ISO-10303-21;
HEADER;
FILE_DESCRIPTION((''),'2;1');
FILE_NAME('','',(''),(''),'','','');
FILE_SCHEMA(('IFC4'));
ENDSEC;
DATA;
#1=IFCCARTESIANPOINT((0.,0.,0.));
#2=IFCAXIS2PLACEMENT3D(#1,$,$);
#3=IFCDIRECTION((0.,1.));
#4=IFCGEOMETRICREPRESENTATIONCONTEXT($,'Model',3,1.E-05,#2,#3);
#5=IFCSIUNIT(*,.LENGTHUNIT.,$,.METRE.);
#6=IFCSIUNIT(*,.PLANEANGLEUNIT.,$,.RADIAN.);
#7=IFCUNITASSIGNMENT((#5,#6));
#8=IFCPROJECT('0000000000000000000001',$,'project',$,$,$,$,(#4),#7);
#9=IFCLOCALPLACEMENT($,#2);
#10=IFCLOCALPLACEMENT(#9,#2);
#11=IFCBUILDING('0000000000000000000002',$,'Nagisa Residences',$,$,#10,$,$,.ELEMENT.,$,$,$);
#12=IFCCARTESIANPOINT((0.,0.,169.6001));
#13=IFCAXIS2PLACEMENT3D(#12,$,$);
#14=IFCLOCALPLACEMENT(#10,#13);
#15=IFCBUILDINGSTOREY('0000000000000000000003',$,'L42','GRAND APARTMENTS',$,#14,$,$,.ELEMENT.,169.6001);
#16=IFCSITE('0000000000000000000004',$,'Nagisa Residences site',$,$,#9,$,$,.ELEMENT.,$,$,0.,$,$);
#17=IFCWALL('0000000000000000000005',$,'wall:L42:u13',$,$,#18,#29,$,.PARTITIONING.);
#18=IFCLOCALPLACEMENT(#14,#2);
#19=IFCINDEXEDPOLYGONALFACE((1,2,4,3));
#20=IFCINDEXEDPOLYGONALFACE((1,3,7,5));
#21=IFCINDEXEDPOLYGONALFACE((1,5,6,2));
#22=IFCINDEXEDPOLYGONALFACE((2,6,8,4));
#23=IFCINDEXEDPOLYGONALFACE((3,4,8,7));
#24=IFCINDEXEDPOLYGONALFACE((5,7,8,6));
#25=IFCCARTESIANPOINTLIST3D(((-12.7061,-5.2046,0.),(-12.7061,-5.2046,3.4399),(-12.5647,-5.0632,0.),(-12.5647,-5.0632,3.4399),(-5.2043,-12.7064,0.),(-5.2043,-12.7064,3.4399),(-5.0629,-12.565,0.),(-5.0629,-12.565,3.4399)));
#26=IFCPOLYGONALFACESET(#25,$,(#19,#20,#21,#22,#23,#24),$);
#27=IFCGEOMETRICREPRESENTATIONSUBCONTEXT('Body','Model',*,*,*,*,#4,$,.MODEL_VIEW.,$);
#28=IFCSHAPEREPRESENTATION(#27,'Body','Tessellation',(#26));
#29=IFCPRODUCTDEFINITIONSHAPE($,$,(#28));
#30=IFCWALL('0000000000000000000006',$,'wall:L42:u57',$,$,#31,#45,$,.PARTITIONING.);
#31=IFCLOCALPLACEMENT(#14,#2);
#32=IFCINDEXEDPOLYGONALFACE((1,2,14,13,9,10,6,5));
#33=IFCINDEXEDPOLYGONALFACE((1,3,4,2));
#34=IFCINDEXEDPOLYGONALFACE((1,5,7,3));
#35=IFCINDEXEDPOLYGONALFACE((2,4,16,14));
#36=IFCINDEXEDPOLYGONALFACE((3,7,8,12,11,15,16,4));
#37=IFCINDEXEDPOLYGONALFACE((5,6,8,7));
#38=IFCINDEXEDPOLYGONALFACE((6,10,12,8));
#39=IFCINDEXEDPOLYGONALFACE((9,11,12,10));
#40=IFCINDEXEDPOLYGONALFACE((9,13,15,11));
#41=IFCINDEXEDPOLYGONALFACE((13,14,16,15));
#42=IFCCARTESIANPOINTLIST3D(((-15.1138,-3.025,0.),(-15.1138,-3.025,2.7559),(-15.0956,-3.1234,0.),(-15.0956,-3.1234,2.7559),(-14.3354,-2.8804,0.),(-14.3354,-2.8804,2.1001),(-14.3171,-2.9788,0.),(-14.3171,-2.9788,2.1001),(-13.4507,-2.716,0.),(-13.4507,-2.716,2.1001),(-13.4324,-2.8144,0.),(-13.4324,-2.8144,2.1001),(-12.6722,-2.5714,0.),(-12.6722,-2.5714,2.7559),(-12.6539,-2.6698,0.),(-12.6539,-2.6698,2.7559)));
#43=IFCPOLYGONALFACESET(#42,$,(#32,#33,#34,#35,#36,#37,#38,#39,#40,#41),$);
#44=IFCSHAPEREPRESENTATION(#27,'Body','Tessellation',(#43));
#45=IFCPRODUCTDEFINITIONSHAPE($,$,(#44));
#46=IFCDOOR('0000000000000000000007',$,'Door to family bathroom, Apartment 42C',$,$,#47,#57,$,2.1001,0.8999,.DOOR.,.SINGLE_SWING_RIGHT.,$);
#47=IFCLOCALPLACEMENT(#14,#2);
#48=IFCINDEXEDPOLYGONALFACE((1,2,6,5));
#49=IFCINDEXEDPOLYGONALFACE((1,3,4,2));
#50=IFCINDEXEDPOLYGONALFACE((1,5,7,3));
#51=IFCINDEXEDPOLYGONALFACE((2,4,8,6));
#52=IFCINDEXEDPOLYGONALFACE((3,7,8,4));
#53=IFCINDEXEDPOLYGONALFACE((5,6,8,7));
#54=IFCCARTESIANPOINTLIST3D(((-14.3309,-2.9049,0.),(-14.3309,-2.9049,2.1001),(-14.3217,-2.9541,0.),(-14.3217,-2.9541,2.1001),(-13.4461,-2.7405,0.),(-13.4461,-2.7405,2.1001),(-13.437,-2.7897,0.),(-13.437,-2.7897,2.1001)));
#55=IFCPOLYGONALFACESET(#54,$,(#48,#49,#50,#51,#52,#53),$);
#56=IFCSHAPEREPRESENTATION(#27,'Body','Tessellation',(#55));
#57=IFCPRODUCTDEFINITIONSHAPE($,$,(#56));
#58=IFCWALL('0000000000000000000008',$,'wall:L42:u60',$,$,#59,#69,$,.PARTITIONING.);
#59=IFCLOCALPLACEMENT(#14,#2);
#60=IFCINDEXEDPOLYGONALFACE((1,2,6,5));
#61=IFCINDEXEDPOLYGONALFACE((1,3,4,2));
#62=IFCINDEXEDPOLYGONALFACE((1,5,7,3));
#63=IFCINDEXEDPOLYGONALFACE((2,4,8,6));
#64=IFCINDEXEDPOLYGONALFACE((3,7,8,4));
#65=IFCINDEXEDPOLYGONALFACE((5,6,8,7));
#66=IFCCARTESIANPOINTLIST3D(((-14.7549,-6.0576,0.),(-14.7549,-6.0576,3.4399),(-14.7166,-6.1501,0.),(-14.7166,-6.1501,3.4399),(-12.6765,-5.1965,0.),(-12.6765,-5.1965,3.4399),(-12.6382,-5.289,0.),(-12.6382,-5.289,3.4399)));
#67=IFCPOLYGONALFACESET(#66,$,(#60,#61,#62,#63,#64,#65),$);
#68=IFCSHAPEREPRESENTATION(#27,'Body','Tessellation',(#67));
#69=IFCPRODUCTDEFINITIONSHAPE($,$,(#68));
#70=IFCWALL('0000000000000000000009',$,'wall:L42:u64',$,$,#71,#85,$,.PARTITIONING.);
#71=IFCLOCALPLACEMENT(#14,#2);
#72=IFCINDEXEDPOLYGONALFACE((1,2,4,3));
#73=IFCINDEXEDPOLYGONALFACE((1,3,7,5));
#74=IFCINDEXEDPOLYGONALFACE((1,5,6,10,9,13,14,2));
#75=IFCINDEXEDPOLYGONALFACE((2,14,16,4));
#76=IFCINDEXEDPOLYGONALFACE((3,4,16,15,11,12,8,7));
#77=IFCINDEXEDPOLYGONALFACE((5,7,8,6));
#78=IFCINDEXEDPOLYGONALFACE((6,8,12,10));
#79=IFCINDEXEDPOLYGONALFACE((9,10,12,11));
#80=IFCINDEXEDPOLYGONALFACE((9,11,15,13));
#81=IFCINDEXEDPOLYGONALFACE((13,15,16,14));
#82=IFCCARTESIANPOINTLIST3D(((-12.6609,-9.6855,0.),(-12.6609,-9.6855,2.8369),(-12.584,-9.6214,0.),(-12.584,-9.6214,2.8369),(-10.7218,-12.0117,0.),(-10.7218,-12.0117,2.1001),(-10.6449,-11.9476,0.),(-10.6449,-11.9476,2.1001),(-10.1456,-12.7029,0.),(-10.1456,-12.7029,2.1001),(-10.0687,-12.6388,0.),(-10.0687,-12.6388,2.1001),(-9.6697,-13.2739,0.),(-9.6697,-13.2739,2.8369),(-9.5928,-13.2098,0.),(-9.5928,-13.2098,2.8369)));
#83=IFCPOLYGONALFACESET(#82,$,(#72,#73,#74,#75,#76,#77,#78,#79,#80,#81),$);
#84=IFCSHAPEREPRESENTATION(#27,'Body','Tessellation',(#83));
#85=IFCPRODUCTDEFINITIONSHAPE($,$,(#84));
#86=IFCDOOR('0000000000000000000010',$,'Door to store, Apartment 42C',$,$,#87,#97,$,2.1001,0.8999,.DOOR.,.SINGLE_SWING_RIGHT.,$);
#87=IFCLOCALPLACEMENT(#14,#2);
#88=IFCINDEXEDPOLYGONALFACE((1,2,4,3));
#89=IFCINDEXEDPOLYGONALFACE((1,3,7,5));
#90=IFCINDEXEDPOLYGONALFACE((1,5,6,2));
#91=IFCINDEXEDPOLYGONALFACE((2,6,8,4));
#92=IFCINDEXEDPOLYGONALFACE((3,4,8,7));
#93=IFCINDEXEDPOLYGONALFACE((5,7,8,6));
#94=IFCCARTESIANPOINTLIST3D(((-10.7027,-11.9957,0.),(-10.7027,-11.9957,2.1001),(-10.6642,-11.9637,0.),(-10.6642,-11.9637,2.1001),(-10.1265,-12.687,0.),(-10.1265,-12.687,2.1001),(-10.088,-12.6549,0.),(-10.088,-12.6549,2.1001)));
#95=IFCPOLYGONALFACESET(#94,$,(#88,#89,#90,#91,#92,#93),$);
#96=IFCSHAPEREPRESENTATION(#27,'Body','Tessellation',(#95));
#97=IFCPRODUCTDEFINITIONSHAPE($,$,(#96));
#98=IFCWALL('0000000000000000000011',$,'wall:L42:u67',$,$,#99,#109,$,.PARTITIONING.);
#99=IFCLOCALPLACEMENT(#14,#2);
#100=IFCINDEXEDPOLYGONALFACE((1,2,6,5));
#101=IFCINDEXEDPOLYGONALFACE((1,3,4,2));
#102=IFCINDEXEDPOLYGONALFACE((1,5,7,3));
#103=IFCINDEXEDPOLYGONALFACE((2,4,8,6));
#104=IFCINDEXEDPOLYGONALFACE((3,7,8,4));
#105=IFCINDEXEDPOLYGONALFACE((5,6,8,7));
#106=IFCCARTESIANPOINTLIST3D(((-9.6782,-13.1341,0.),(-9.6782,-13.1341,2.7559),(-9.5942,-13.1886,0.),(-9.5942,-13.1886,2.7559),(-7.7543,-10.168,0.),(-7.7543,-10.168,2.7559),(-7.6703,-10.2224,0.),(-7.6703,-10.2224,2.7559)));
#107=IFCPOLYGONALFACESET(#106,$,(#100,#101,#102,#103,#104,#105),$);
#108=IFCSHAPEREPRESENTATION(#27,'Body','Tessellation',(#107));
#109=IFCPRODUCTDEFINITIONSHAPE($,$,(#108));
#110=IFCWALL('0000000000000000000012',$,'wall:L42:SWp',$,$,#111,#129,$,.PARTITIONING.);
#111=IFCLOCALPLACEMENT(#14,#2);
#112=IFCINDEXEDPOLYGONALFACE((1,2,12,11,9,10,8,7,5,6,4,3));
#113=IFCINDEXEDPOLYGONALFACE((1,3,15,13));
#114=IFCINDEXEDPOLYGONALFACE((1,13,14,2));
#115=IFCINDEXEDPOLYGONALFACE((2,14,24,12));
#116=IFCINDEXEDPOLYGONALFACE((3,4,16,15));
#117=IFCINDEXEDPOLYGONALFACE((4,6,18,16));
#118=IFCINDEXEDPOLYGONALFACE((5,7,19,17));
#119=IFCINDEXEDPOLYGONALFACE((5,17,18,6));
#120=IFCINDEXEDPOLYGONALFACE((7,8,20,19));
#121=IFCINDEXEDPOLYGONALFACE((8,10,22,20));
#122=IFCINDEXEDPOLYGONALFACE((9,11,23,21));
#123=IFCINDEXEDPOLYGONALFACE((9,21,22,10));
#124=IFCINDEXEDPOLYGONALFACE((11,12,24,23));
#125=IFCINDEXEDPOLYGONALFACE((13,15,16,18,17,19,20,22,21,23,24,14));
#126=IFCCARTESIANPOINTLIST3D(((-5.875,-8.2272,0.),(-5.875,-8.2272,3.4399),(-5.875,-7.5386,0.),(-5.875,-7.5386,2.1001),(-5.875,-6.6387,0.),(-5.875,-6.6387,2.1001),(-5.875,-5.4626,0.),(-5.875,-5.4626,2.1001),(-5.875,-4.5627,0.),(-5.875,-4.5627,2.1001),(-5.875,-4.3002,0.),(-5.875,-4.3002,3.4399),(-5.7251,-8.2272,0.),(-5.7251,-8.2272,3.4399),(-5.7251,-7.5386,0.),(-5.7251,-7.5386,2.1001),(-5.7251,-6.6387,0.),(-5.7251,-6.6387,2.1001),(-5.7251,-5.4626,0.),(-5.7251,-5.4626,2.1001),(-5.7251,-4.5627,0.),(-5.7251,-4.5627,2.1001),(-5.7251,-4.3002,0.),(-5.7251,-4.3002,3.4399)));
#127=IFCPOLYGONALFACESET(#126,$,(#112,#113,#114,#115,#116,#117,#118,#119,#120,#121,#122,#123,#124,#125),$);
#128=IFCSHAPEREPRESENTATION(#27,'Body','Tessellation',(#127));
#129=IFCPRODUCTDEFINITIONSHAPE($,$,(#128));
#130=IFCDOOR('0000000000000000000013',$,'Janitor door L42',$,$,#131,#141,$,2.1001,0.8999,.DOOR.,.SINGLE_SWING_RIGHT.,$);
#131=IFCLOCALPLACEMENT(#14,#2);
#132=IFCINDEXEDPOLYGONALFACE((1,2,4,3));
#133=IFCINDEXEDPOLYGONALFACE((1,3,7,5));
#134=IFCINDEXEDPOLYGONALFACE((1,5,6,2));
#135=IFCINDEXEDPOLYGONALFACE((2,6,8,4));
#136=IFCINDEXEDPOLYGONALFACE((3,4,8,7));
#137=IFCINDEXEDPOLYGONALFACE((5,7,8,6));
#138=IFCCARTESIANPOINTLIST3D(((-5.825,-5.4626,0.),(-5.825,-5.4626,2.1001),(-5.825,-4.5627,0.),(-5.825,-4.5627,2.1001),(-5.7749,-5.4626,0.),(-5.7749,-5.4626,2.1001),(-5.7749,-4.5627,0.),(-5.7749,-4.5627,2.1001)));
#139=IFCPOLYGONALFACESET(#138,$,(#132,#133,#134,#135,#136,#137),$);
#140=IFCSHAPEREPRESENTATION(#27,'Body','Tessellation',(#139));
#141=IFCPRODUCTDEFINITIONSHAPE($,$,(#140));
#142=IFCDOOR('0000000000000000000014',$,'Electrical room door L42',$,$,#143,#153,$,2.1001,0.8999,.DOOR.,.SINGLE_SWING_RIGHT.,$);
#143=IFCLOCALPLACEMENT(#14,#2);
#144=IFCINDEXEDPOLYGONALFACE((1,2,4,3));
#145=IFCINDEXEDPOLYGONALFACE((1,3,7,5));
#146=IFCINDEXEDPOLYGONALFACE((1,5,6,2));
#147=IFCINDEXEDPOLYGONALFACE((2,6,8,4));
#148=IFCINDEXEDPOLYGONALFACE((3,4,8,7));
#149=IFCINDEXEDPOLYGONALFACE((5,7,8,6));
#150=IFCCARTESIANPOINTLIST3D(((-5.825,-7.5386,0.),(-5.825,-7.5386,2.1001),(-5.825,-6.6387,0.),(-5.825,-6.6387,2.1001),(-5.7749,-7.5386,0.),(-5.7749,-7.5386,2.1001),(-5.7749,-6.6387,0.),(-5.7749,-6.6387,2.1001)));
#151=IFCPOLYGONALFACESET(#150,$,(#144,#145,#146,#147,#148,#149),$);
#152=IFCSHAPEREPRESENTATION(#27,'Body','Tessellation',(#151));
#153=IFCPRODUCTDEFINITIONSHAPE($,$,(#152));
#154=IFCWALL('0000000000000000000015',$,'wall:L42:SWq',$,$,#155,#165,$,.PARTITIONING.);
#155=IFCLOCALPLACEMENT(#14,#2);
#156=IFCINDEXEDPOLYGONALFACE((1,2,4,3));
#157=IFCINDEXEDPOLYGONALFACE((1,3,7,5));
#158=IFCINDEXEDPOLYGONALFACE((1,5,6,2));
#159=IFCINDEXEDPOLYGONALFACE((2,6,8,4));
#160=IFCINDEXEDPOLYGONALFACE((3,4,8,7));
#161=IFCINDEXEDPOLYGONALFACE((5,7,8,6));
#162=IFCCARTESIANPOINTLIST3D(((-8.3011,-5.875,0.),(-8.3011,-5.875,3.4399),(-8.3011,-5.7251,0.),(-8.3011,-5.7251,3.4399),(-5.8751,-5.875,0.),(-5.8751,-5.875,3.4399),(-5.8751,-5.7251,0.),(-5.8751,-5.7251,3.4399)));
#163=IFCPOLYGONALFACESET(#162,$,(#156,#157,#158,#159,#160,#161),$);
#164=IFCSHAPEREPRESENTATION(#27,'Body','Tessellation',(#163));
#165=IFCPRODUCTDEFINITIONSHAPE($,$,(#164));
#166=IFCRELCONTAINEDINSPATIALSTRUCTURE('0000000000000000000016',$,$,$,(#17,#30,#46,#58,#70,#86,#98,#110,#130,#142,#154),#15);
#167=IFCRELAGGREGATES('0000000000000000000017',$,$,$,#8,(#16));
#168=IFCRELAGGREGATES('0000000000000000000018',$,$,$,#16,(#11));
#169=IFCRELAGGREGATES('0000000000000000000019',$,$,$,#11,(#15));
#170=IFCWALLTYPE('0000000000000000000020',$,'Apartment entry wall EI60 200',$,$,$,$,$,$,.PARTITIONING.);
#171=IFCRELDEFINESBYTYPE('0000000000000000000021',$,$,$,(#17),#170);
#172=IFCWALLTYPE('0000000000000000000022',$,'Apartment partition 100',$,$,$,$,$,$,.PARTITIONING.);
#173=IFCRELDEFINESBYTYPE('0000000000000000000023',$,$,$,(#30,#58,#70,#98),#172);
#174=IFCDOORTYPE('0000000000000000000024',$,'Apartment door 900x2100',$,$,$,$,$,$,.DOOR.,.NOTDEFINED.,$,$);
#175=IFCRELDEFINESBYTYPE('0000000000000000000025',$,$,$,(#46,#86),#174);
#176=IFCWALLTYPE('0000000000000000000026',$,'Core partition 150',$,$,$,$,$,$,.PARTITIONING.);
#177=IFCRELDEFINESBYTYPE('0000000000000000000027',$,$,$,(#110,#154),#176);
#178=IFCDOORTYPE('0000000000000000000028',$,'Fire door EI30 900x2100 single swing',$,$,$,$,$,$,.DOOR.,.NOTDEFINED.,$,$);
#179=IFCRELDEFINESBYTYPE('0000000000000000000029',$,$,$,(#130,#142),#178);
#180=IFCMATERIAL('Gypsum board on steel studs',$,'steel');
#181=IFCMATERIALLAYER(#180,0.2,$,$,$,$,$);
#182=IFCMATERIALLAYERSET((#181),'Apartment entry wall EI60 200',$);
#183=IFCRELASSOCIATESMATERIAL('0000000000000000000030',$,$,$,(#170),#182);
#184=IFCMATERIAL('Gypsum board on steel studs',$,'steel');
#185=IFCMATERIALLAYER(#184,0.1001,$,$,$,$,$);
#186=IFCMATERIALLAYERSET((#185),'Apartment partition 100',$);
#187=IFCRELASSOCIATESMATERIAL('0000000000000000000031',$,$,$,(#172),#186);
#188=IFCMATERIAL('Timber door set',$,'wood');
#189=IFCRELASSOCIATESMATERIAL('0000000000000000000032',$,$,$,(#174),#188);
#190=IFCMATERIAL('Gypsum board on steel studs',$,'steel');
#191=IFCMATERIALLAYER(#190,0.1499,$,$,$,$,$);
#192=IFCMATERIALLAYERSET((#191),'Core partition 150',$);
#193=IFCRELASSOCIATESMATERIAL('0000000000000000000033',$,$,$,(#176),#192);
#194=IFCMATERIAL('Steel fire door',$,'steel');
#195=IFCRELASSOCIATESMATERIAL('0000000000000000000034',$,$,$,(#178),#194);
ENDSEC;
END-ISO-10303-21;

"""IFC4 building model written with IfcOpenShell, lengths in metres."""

from ifc_helpers import new_model, si_unit, direction, frame, frame_2d, origin, place, context, subcontext, project, spatial, rectangle, extrude, material, layer, layer_set, type_object, element, fill, save


model = new_model("IFC4")

# Units and contexts
model_context = context("Model", 3, precision=1e-05, world=origin(), true_north=direction((0.0, 1.0)))
body_context = subcontext(model_context, "Body", "Model", "MODEL_VIEW")
ifc_project = project(units=[si_unit("LENGTHUNIT", "METRE"), si_unit("PLANEANGLEUNIT", "RADIAN")], contexts=[model_context])

# Site, building, storey
site_placement = place(None, origin())
site = spatial("IfcSite", under=ifc_project, at=site_placement, Name="Nagisa Residences site", CompositionType="ELEMENT", RefElevation=0.0)
building_placement = place(site_placement, origin())
building = spatial("IfcBuilding", under=site, at=building_placement, Name="Nagisa Residences", CompositionType="ELEMENT")
storey_placement = place(building_placement, frame((0.0, 0.0, 169.6001)))
storey = spatial("IfcBuildingStorey", under=building, at=storey_placement, Name="L42", Description="GRAND APARTMENTS", CompositionType="ELEMENT", Elevation=169.6001)

# Wall
ifc_material_1 = material(Name="Gypsum board on steel studs", Category="steel")
ifc_layer_1 = layer(ifc_material_1, 0.2)
ifc_layer_set_1 = layer_set([ifc_layer_1], Name="Apartment entry wall EI60 200")
wall_type_1 = type_object("IfcWallType", Name="Apartment entry wall EI60 200", PredefinedType="PARTITIONING", material=ifc_layer_set_1)
wall_1_placement = place(storey_placement, frame((-12.6355, -5.1338, 0.0), z_axis=(0.0, 0.0, 1.0), x_axis=(0.707107, -0.707107, 0.0)))
element("IfcWall", 1, at=wall_1_placement, inside=storey, type_object=wall_type_1, Name="wall:L42:u13", PredefinedType="PARTITIONING", context=body_context, shape_type="SweptSolid", body=[
    extrude(rectangle(XDim=10.6091, YDim=0.2, at=frame_2d((5.3047, 0.0))), origin(), (0.0, 0.0, 1.0), 3.4399),
])

# Wall, opening, door
ifc_material_2 = material(Name="Gypsum board on steel studs", Category="steel")
ifc_layer_2 = layer(ifc_material_2, 0.1001)
ifc_layer_set_2 = layer_set([ifc_layer_2], Name="Apartment partition 100")
wall_type_2 = type_object("IfcWallType", Name="Apartment partition 100", PredefinedType="PARTITIONING", material=ifc_layer_set_2)
wall_2_placement = place(storey_placement, frame((-12.6631, -2.6206, 0.0), z_axis=(0.0, 0.0, 1.0), x_axis=(-0.983177, -0.182656, 0.0)))
wall_2 = element("IfcWall", 2, at=wall_2_placement, inside=storey, type_object=wall_type_2, Name="wall:L42:u57", PredefinedType="PARTITIONING", context=body_context, shape_type="SweptSolid", body=[
    extrude(rectangle(XDim=2.4834, YDim=0.1001, at=frame_2d((1.2417, 0.0))), origin(), (0.0, 0.0, 1.0), 2.7559),
])
opening_1_placement = place(wall_2_placement, frame((0.7917, 0.0, 0.0)))
opening_1 = element("IfcOpeningElement", 3, at=opening_1_placement, cuts=wall_2, PredefinedType="OPENING", context=body_context, shape_type="SweptSolid", body=[
    extrude(rectangle(XDim=0.8999, YDim=2.1001, at=frame_2d((0.45, 1.05))), frame((0.0, 0.0601, 0.0), z_axis=(0.0, -1.0, 0.0), x_axis=(1.0, 0.0, 0.0)), (0.0, 0.0, 1.0), 0.1201),
])
ifc_material_3 = material(Name="Timber door set", Category="wood")
door_type_1 = type_object("IfcDoorType", Name="Apartment door 900x2100", OperationType="NOTDEFINED", PredefinedType="DOOR", material=ifc_material_3)
door_1_placement = place(opening_1_placement, origin())
door_1 = element("IfcDoor", 4, at=door_1_placement, inside=storey, type_object=door_type_1, Name="Door to family bathroom, Apartment 42C", OperationType="SINGLE_SWING_RIGHT", OverallHeight=2.1001, OverallWidth=0.8999, PredefinedType="DOOR", context=body_context, shape_type="SweptSolid", body=[
    extrude(rectangle(XDim=0.8999, YDim=2.1001, at=frame_2d((0.45, 1.05))), frame((0.0, 0.0249, 0.0), z_axis=(0.0, -1.0, 0.0), x_axis=(1.0, 0.0, 0.0)), (0.0, 0.0, 1.0), 0.05),
])
fill(opening_1, door_1)

# Wall
wall_3_placement = place(storey_placement, frame((-12.6572, -5.2427, 0.0), z_axis=(0.0, 0.0, 1.0), x_axis=(-0.923849, -0.382758, 0.0)))
element("IfcWall", 5, at=wall_3_placement, inside=storey, type_object=wall_type_2, Name="wall:L42:u60", PredefinedType="PARTITIONING", context=body_context, shape_type="SweptSolid", body=[
    extrude(rectangle(XDim=2.2498, YDim=0.1001, at=frame_2d((1.125, 0.0))), origin(), (0.0, 0.0, 1.0), 3.4399),
])

# Wall, opening, door
wall_4_placement = place(storey_placement, frame((-12.6226, -9.6533, 0.0), z_axis=(0.0, 0.0, 1.0), x_axis=(0.640297, -0.768127, 0.0)))
wall_4 = element("IfcWall", 6, at=wall_4_placement, inside=storey, type_object=wall_type_2, Name="wall:L42:u64", PredefinedType="PARTITIONING", context=body_context, shape_type="SweptSolid", body=[
    extrude(rectangle(XDim=4.6716, YDim=0.1001, at=frame_2d((2.3359, 0.0))), origin(), (0.0, 0.0, 1.0), 2.8369),
])
opening_2_placement = place(wall_4_placement, frame((3.0286, 0.0, 0.0)))
opening_2 = element("IfcOpeningElement", 7, at=opening_2_placement, cuts=wall_4, PredefinedType="OPENING", context=body_context, shape_type="SweptSolid", body=[
    extrude(rectangle(XDim=0.8999, YDim=2.1001, at=frame_2d((0.45, 1.05))), frame((0.0, 0.0601, 0.0), z_axis=(0.0, -1.0, 0.0), x_axis=(1.0, 0.0, 0.0)), (0.0, 0.0, 1.0), 0.1201),
])
door_2_placement = place(opening_2_placement, origin())
door_2 = element("IfcDoor", 8, at=door_2_placement, inside=storey, type_object=door_type_1, Name="Door to store, Apartment 42C", OperationType="SINGLE_SWING_RIGHT", OverallHeight=2.1001, OverallWidth=0.8999, PredefinedType="DOOR", context=body_context, shape_type="SweptSolid", body=[
    extrude(rectangle(XDim=0.8999, YDim=2.1001, at=frame_2d((0.45, 1.05))), frame((0.0, 0.0249, 0.0), z_axis=(0.0, -1.0, 0.0), x_axis=(1.0, 0.0, 0.0)), (0.0, 0.0, 1.0), 0.05),
])
fill(opening_2, door_2)

# Wall
wall_5_placement = place(storey_placement, frame((-7.7124, -10.1953, 0.0), z_axis=(0.0, 0.0, 1.0), x_axis=(-0.54417, -0.838975, 0.0)))
element("IfcWall", 9, at=wall_5_placement, inside=storey, type_object=wall_type_2, Name="wall:L42:u67", PredefinedType="PARTITIONING", context=body_context, shape_type="SweptSolid", body=[
    extrude(rectangle(XDim=3.5354, YDim=0.1001, at=frame_2d((1.7676, 0.0))), origin(), (0.0, 0.0, 1.0), 2.7559),
])

# Wall, openings, doors
ifc_material_4 = material(Name="Gypsum board on steel studs", Category="steel")
ifc_layer_3 = layer(ifc_material_4, 0.1499)
ifc_layer_set_3 = layer_set([ifc_layer_3], Name="Core partition 150")
wall_type_3 = type_object("IfcWallType", Name="Core partition 150", PredefinedType="PARTITIONING", material=ifc_layer_set_3)
wall_6_placement = place(storey_placement, frame((-5.8, -8.2271, 0.0), z_axis=(0.0, 0.0, 1.0), x_axis=(0.0, 1.0, 0.0)))
wall_6 = element("IfcWall", 10, at=wall_6_placement, inside=storey, type_object=wall_type_3, Name="wall:L42:SWp", PredefinedType="PARTITIONING", context=body_context, shape_type="SweptSolid", body=[
    extrude(rectangle(XDim=3.927, YDim=0.1499, at=frame_2d((1.9634, 0.0))), origin(), (0.0, 0.0, 1.0), 3.4399),
])
opening_3_placement = place(wall_6_placement, frame((2.7644, 0.0, 0.0)))
opening_3 = element("IfcOpeningElement", 11, at=opening_3_placement, cuts=wall_6, PredefinedType="OPENING", context=body_context, shape_type="SweptSolid", body=[
    extrude(rectangle(XDim=0.8999, YDim=2.1001, at=frame_2d((0.45, 1.05))), frame((0.0, 0.085, 0.0), z_axis=(0.0, -1.0, 0.0), x_axis=(1.0, 0.0, 0.0)), (0.0, 0.0, 1.0), 0.1699),
])
opening_4_placement = place(wall_6_placement, frame((0.6885, 0.0, 0.0)))
opening_4 = element("IfcOpeningElement", 12, at=opening_4_placement, cuts=wall_6, PredefinedType="OPENING", context=body_context, shape_type="SweptSolid", body=[
    extrude(rectangle(XDim=0.8999, YDim=2.1001, at=frame_2d((0.45, 1.05))), frame((0.0, 0.085, 0.0), z_axis=(0.0, -1.0, 0.0), x_axis=(1.0, 0.0, 0.0)), (0.0, 0.0, 1.0), 0.1699),
])
ifc_material_5 = material(Name="Steel fire door", Category="steel")
door_type_2 = type_object("IfcDoorType", Name="Fire door EI30 900x2100 single swing", OperationType="NOTDEFINED", PredefinedType="DOOR", material=ifc_material_5)
door_3_placement = place(opening_3_placement, origin())
door_3 = element("IfcDoor", 13, at=door_3_placement, inside=storey, type_object=door_type_2, Name="Janitor door L42", OperationType="SINGLE_SWING_RIGHT", OverallHeight=2.1001, OverallWidth=0.8999, PredefinedType="DOOR", context=body_context, shape_type="SweptSolid", body=[
    extrude(rectangle(XDim=0.8999, YDim=2.1001, at=frame_2d((0.45, 1.05))), frame((0.0, 0.0249, 0.0), z_axis=(0.0, -1.0, 0.0), x_axis=(1.0, 0.0, 0.0)), (0.0, 0.0, 1.0), 0.05),
])
fill(opening_3, door_3)
door_4_placement = place(opening_4_placement, origin())
door_4 = element("IfcDoor", 14, at=door_4_placement, inside=storey, type_object=door_type_2, Name="Electrical room door L42", OperationType="SINGLE_SWING_RIGHT", OverallHeight=2.1001, OverallWidth=0.8999, PredefinedType="DOOR", context=body_context, shape_type="SweptSolid", body=[
    extrude(rectangle(XDim=0.8999, YDim=2.1001, at=frame_2d((0.45, 1.05))), frame((0.0, 0.0249, 0.0), z_axis=(0.0, -1.0, 0.0), x_axis=(1.0, 0.0, 0.0)), (0.0, 0.0, 1.0), 0.05),
])
fill(opening_4, door_4)

# Wall
wall_7_placement = place(storey_placement, frame((-8.301, -5.8, 0.0), z_axis=(0.0, 0.0, 1.0), x_axis=(1.0, 0.0, 0.0)))
element("IfcWall", 15, at=wall_7_placement, inside=storey, type_object=wall_type_3, Name="wall:L42:SWq", PredefinedType="PARTITIONING", context=body_context, shape_type="SweptSolid", body=[
    extrude(rectangle(XDim=2.426, YDim=0.1499, at=frame_2d((1.2129, 0.0))), origin(), (0.0, 0.0, 1.0), 3.4399),
])

save(model, "model.ifc")
